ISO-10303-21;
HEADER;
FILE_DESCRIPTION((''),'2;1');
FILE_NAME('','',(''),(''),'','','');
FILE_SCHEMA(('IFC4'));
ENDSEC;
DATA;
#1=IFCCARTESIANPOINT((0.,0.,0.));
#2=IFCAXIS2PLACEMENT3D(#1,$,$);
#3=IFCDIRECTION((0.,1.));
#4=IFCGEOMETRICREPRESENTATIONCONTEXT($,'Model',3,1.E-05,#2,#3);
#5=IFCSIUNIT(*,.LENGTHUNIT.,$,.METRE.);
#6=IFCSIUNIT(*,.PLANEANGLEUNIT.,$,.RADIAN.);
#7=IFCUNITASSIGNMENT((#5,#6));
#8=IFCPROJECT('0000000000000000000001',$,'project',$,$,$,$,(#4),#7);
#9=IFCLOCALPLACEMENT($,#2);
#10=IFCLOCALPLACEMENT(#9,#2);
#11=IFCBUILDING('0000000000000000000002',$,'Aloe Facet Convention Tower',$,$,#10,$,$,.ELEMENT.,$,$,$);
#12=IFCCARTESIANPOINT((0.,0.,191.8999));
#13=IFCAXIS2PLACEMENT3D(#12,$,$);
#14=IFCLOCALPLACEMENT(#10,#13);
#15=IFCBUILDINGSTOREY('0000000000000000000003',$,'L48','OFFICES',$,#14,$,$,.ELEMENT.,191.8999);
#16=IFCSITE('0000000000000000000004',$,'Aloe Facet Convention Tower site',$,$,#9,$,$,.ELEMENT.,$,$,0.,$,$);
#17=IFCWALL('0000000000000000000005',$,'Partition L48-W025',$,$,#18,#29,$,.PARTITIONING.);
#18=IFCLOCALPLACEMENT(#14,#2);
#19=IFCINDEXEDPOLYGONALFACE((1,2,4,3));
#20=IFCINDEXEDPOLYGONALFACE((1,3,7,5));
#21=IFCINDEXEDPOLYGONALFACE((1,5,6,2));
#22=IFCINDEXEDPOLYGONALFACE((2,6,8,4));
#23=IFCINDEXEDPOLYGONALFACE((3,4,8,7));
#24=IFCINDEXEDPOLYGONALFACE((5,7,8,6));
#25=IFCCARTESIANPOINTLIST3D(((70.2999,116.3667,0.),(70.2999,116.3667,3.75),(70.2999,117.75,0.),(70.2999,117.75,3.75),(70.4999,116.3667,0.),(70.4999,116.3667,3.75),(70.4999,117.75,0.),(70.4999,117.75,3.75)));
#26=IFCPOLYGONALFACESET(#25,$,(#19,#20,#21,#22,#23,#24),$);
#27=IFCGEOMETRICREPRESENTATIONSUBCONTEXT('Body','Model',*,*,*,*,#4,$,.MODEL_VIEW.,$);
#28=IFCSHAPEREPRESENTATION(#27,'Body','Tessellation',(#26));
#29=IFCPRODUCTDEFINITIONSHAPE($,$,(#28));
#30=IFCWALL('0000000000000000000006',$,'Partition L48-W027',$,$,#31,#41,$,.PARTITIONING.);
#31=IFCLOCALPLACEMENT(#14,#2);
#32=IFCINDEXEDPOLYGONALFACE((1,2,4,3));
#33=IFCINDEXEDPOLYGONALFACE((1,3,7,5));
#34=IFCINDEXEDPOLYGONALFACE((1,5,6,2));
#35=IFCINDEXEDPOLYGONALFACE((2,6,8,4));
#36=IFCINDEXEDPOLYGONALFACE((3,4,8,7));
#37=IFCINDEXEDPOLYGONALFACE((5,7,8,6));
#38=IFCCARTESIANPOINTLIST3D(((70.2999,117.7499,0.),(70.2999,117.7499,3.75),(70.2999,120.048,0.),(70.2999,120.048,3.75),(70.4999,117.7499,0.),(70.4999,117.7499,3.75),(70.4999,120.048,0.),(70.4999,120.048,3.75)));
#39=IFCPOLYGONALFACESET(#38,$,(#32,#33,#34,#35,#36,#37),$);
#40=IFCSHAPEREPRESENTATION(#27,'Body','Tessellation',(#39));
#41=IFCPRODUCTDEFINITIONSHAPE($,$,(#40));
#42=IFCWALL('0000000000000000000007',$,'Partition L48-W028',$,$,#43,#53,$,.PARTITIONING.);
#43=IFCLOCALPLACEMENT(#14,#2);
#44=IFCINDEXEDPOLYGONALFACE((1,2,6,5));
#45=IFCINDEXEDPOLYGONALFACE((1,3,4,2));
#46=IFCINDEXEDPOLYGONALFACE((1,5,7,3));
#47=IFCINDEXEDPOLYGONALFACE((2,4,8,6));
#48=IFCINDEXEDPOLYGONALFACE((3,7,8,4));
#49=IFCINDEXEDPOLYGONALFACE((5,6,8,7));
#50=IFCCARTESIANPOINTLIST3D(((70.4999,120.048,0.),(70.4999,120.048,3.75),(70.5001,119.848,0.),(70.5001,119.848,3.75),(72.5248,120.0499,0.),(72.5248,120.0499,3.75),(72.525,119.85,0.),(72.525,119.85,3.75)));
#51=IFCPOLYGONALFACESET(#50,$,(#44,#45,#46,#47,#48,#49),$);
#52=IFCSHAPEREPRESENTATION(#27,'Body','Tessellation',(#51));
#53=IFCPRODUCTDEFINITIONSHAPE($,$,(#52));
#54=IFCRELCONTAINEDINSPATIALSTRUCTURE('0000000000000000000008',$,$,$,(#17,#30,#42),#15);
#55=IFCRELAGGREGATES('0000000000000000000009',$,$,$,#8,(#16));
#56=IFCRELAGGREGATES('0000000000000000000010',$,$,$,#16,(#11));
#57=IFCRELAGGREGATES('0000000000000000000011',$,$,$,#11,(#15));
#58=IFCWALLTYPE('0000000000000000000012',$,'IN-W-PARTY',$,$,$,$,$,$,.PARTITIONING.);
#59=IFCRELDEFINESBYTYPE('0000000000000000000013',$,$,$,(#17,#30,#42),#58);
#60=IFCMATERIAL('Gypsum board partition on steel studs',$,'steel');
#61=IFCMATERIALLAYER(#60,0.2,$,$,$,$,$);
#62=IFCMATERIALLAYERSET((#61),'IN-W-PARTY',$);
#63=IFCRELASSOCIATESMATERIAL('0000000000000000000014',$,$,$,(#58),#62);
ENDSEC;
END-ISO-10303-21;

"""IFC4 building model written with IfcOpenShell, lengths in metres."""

from ifc_helpers import new_model, si_unit, direction, frame, frame_2d, origin, place, context, subcontext, project, spatial, rectangle, extrude, material, layer, layer_set, type_object, element, save


model = new_model("IFC4")

# Units and contexts
model_context = context("Model", 3, precision=1e-05, world=origin(), true_north=direction((0.0, 1.0)))
body_context = subcontext(model_context, "Body", "Model", "MODEL_VIEW")
ifc_project = project(units=[si_unit("LENGTHUNIT", "METRE"), si_unit("PLANEANGLEUNIT", "RADIAN")], contexts=[model_context])

# Site, building, storey
site_placement = place(None, origin())
site = spatial("IfcSite", under=ifc_project, at=site_placement, Name="Aloe Facet Convention Tower site", CompositionType="ELEMENT", RefElevation=0.0)
building_placement = place(site_placement, origin())
building = spatial("IfcBuilding", under=site, at=building_placement, Name="Aloe Facet Convention Tower", CompositionType="ELEMENT")
storey_placement = place(building_placement, frame((0.0, 0.0, 191.8999)))
storey = spatial("IfcBuildingStorey", under=building, at=storey_placement, Name="L48", Description="OFFICES", CompositionType="ELEMENT", Elevation=191.8999)

# Walls
ifc_material_1 = material(Name="Gypsum board partition on steel studs", Category="steel")
ifc_layer_1 = layer(ifc_material_1, 0.2)
ifc_layer_set_1 = layer_set([ifc_layer_1], Name="IN-W-PARTY")
wall_type_1 = type_object("IfcWallType", Name="IN-W-PARTY", PredefinedType="PARTITIONING", material=ifc_layer_set_1)
wall_1_placement = place(storey_placement, frame((70.3999, 116.3667, 0.0), z_axis=(0.0, 0.0, 1.0), x_axis=(0.0, 1.0, 0.0)))
element("IfcWall", 1, at=wall_1_placement, inside=storey, type_object=wall_type_1, Name="Partition L48-W025", PredefinedType="PARTITIONING", context=body_context, shape_type="SweptSolid", body=[
    extrude(rectangle(XDim=1.3833, YDim=0.2, at=frame_2d((0.6917, 0.0))), origin(), (0.0, 0.0, 1.0), 3.75),
])
wall_2_placement = place(storey_placement, frame((70.3999, 117.75, 0.0), z_axis=(0.0, 0.0, 1.0), x_axis=(0.0, 1.0, 0.0)))
element("IfcWall", 2, at=wall_2_placement, inside=storey, type_object=wall_type_1, Name="Partition L48-W027", PredefinedType="PARTITIONING", context=body_context, shape_type="SweptSolid", body=[
    extrude(rectangle(XDim=2.2981, YDim=0.2, at=frame_2d((1.1489, 0.0))), origin(), (0.0, 0.0, 1.0), 3.75),
])
wall_3_placement = place(storey_placement, frame((70.5, 119.948, 0.0), z_axis=(0.0, 0.0, 1.0), x_axis=(1.0, 0.000965, 0.0)))
element("IfcWall", 3, at=wall_3_placement, inside=storey, type_object=wall_type_1, Name="Partition L48-W028", PredefinedType="PARTITIONING", context=body_context, shape_type="SweptSolid", body=[
    extrude(rectangle(XDim=2.0249, YDim=0.2, at=frame_2d((1.0125, 0.0))), origin(), (0.0, 0.0, 1.0), 3.75),
])

save(model, "model.ifc")
